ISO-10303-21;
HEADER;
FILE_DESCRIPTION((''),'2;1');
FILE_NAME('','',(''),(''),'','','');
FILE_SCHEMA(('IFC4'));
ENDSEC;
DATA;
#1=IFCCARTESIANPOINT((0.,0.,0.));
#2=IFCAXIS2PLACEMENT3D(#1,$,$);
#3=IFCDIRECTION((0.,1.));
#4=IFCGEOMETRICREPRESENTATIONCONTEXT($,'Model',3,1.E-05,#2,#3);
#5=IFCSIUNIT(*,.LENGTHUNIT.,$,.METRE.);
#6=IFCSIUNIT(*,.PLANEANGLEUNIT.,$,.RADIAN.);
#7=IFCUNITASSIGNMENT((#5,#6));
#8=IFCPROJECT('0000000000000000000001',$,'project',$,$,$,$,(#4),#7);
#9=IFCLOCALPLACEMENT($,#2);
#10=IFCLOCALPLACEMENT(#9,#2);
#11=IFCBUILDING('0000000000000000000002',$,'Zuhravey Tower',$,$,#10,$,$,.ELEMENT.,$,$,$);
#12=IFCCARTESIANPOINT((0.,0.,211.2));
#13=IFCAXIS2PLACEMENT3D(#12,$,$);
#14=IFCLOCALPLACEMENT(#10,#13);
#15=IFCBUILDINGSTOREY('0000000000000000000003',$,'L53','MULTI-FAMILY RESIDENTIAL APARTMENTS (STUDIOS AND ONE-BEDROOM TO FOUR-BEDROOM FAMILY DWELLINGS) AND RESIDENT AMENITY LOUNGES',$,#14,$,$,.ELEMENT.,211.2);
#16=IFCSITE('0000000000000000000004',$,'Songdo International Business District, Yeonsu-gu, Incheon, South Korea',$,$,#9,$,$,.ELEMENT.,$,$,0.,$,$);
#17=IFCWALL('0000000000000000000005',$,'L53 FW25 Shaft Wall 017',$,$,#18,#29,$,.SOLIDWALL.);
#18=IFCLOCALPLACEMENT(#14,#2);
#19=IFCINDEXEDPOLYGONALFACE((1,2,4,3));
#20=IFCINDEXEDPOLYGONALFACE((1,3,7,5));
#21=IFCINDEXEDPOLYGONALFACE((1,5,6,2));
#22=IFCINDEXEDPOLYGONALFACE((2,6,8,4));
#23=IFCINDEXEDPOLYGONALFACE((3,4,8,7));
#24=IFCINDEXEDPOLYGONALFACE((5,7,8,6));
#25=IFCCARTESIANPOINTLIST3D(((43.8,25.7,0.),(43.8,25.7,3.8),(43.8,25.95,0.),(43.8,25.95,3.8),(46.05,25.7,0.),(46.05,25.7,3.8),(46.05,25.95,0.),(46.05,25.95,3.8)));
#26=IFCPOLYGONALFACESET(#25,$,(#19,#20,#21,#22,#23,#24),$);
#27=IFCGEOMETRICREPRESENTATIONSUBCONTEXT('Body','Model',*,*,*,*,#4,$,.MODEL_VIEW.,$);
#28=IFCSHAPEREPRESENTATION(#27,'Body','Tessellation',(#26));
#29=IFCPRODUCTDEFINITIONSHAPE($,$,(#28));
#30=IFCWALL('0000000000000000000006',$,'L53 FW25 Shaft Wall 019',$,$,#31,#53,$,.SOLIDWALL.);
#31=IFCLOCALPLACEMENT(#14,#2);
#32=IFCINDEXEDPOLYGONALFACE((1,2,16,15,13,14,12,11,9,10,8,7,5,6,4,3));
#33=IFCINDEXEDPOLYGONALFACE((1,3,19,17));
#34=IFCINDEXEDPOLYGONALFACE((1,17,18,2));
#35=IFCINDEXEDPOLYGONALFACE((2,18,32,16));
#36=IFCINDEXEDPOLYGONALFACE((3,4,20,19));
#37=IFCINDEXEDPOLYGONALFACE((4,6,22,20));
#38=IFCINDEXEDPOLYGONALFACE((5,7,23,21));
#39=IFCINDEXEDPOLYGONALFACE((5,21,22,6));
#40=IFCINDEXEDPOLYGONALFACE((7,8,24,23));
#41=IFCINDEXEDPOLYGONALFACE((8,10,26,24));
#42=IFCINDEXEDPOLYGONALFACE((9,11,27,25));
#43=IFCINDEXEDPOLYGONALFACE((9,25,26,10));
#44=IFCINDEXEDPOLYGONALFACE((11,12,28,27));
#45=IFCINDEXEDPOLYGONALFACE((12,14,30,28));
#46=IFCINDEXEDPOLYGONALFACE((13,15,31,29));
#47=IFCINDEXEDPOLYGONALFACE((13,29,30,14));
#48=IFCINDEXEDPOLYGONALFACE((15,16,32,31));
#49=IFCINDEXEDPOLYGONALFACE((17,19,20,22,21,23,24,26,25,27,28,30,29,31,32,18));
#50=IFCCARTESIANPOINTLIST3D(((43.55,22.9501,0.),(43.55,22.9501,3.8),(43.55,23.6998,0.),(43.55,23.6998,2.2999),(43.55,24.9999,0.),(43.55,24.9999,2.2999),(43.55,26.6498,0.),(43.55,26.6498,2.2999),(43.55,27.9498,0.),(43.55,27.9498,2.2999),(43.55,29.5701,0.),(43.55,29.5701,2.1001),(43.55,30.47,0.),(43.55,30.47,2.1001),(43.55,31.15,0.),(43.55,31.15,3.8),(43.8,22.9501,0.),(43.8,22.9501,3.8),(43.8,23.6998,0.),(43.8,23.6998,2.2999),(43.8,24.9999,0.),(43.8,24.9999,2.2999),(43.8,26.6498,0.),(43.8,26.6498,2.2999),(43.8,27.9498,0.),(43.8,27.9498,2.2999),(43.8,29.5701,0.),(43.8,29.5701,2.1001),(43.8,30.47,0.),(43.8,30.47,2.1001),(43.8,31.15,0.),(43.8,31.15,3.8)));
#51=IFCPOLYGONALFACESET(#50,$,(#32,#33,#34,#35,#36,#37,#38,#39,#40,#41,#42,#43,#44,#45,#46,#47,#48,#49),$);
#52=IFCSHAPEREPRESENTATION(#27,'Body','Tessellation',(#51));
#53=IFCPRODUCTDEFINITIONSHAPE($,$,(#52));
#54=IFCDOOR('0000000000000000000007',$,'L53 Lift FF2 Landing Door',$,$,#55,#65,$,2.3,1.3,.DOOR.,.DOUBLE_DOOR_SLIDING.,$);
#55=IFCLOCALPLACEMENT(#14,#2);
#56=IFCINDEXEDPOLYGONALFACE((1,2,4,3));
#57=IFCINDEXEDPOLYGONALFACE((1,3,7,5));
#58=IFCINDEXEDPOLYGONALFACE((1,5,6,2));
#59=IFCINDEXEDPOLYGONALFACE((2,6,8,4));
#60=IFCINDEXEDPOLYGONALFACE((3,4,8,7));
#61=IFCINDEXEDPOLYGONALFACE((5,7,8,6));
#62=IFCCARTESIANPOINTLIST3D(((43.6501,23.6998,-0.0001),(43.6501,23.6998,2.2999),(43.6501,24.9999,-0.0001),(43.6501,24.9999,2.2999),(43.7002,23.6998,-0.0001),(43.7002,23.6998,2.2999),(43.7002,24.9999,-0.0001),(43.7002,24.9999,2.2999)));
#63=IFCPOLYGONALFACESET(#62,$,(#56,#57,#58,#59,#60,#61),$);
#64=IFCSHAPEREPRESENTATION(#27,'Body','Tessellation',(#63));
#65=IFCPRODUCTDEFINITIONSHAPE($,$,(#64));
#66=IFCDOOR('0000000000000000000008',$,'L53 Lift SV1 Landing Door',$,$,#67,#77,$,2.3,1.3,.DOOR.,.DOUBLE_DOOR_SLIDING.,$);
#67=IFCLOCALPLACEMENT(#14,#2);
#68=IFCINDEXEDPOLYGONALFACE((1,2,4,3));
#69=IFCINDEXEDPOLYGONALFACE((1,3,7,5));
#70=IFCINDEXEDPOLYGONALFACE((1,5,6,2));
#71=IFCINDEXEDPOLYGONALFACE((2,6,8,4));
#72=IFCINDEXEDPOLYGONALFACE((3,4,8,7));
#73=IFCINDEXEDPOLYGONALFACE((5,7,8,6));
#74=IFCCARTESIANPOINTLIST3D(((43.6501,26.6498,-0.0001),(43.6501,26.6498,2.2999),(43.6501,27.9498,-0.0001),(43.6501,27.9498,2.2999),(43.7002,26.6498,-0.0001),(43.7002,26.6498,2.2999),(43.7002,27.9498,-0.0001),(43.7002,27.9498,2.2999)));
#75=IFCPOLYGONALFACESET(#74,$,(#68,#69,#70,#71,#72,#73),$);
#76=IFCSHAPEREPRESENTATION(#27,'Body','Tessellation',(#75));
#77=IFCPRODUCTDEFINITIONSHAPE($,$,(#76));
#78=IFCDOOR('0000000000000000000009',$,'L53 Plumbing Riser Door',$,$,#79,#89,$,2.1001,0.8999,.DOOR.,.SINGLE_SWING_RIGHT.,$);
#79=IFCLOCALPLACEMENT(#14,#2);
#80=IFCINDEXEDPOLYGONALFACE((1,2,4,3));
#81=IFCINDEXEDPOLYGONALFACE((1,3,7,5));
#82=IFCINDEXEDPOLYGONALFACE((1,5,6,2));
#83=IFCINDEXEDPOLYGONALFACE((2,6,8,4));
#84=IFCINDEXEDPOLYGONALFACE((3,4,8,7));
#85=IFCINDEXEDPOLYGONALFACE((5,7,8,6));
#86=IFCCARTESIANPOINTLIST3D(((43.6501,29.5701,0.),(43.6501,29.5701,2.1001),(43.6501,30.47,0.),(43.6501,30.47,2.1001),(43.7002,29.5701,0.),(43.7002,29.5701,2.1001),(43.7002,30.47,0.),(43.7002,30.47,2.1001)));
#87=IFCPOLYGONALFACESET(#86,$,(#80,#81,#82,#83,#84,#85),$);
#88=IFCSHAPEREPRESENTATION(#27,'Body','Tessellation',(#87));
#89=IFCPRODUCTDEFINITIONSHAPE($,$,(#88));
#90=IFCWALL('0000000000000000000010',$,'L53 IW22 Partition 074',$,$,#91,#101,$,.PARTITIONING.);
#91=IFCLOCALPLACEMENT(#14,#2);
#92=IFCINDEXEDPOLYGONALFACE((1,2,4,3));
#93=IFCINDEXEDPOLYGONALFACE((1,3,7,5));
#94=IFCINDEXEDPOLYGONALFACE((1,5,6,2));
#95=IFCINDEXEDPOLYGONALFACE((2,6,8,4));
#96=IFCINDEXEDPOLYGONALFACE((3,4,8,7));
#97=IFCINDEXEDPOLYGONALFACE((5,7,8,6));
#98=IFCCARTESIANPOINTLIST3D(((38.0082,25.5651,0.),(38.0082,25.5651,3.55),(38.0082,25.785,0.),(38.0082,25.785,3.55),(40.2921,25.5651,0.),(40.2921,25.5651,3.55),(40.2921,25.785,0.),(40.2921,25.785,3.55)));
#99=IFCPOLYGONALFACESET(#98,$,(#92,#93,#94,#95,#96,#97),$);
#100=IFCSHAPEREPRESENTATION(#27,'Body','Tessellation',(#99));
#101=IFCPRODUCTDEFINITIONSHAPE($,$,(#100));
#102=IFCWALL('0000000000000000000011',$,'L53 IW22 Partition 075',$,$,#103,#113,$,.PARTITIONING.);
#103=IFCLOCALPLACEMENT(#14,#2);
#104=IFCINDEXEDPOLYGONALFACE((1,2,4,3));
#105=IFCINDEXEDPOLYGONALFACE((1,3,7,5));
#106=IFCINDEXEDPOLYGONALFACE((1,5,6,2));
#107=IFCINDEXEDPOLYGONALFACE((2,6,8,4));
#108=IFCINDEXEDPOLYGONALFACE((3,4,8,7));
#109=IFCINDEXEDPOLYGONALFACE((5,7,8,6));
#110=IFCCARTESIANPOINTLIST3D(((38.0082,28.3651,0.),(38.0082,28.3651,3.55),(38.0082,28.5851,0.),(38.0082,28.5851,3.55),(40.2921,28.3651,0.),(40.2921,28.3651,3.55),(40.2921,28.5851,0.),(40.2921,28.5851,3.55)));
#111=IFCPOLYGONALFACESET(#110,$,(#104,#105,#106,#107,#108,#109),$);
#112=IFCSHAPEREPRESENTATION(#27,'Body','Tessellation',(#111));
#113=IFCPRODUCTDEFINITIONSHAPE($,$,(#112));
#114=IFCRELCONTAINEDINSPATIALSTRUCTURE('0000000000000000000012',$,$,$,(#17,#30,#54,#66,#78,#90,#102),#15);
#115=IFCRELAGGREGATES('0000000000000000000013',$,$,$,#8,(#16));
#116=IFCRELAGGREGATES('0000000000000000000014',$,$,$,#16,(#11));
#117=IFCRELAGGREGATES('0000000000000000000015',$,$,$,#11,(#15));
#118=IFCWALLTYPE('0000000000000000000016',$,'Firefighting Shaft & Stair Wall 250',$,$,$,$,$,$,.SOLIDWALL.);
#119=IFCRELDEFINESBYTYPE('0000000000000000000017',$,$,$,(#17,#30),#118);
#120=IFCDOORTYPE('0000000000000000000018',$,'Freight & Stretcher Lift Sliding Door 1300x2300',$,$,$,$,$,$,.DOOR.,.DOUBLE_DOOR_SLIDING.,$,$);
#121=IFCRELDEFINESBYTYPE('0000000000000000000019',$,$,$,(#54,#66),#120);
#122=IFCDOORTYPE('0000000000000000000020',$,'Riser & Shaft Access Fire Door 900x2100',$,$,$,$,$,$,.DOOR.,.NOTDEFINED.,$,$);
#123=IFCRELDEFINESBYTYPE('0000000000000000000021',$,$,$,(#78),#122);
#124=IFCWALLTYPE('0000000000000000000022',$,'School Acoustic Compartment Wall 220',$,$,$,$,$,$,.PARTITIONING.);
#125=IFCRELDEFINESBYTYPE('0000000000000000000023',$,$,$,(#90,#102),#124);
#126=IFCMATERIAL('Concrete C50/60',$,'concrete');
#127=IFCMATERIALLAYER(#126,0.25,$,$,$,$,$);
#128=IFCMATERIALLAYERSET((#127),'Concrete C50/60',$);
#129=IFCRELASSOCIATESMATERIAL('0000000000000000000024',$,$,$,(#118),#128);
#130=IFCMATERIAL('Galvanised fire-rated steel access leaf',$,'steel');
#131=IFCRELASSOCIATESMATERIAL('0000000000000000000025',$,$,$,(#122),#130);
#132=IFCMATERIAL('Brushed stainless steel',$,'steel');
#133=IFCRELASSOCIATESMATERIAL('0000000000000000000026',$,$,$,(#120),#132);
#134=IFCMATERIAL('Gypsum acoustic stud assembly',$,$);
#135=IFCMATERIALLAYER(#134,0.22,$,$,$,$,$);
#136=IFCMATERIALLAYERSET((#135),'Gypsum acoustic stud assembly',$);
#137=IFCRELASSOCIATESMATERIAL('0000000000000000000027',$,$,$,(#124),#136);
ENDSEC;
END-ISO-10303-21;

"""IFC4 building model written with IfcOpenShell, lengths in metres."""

from ifc_helpers import new_model, si_unit, direction, frame, frame_2d, origin, place, context, subcontext, project, spatial, rectangle, extrude, material, layer, layer_set, type_object, element, fill, save


model = new_model("IFC4")

# Units and contexts
model_context = context("Model", 3, precision=1e-05, world=origin(), true_north=direction((0.0, 1.0)))
body_context = subcontext(model_context, "Body", "Model", "MODEL_VIEW")
ifc_project = project(units=[si_unit("LENGTHUNIT", "METRE"), si_unit("PLANEANGLEUNIT", "RADIAN")], contexts=[model_context])

# Site, building, storey
site_placement = place(None, origin())
site = spatial("IfcSite", under=ifc_project, at=site_placement, Name="Songdo International Business District, Yeonsu-gu, Incheon, South Korea", CompositionType="ELEMENT", RefElevation=0.0)
building_placement = place(site_placement, origin())
building = spatial("IfcBuilding", under=site, at=building_placement, Name="Zuhravey Tower", CompositionType="ELEMENT")
storey_placement = place(building_placement, frame((0.0, 0.0, 211.2)))
storey = spatial("IfcBuildingStorey", under=building, at=storey_placement, Name="L53", Description="MULTI-FAMILY RESIDENTIAL APARTMENTS (STUDIOS AND ONE-BEDROOM TO FOUR-BEDROOM FAMILY DWELLINGS) AND RESIDENT AMENITY LOUNGES", CompositionType="ELEMENT", Elevation=211.2)

# Shared definitions
ifc_material_1 = material(Name="Concrete C50/60", Category="concrete")
ifc_layer_1 = layer(ifc_material_1, 0.25)
ifc_layer_set_1 = layer_set([ifc_layer_1], Name="Concrete C50/60")
wall_type_1 = type_object("IfcWallType", Name="Firefighting Shaft & Stair Wall 250", PredefinedType="SOLIDWALL", material=ifc_layer_set_1)

# Shared definitions
ifc_material_2 = material(Name="Galvanised fire-rated steel access leaf", Category="steel")
door_type_1 = type_object("IfcDoorType", Name="Riser & Shaft Access Fire Door 900x2100", OperationType="NOTDEFINED", PredefinedType="DOOR", material=ifc_material_2)
ifc_material_3 = material(Name="Brushed stainless steel", Category="steel")

# Wall
wall_1_placement = place(storey_placement, frame((43.8, 25.825, 0.0), z_axis=(0.0, 0.0, 1.0), x_axis=(1.0, 0.0, 0.0)))
element("IfcWall", 1, at=wall_1_placement, inside=storey, type_object=wall_type_1, Name="L53 FW25 Shaft Wall 017", PredefinedType="SOLIDWALL", context=body_context, shape_type="SweptSolid", body=[
    extrude(rectangle(XDim=2.25, YDim=0.25, at=frame_2d((1.125, 0.0))), origin(), (0.0, 0.0, 1.0), 3.8),
])

# Wall, openings, doors
wall_2_placement = place(storey_placement, frame((43.675, 22.95, 0.0), z_axis=(0.0, 0.0, 1.0), x_axis=(0.0, 1.0, 0.0)))
wall_2 = element("IfcWall", 2, at=wall_2_placement, inside=storey, type_object=wall_type_1, Name="L53 FW25 Shaft Wall 019", PredefinedType="SOLIDWALL", context=body_context, shape_type="SweptSolid", body=[
    extrude(rectangle(XDim=8.2, YDim=0.25, at=frame_2d((4.1001, 0.0))), origin(), (0.0, 0.0, 1.0), 3.8),
])
opening_1_placement = place(wall_2_placement, frame((0.75, 0.0, 0.0)))
opening_1 = element("IfcOpeningElement", 3, at=opening_1_placement, cuts=wall_2, PredefinedType="OPENING", context=body_context, shape_type="SweptSolid", body=[
    extrude(rectangle(XDim=1.3, YDim=2.3, at=frame_2d((0.6499, 1.1499))), frame((0.0, 0.137, 0.0), z_axis=(0.0, -1.0, 0.0), x_axis=(1.0, 0.0, 0.0)), (0.0, 0.0, 1.0), 0.2739),
])
opening_2_placement = place(wall_2_placement, frame((3.7, 0.0, 0.0)))
opening_2 = element("IfcOpeningElement", 4, at=opening_2_placement, cuts=wall_2, PredefinedType="OPENING", context=body_context, shape_type="SweptSolid", body=[
    extrude(rectangle(XDim=1.3, YDim=2.3, at=frame_2d((0.6499, 1.1499))), frame((0.0, 0.137, 0.0), z_axis=(0.0, -1.0, 0.0), x_axis=(1.0, 0.0, 0.0)), (0.0, 0.0, 1.0), 0.2739),
])
opening_3_placement = place(wall_2_placement, frame((6.6201, 0.0, 0.0)))
opening_3 = element("IfcOpeningElement", 5, at=opening_3_placement, cuts=wall_2, PredefinedType="OPENING", context=body_context, shape_type="SweptSolid", body=[
    extrude(rectangle(XDim=0.8999, YDim=2.1001, at=frame_2d((0.45, 1.05))), frame((0.0, 0.137, 0.0), z_axis=(0.0, -1.0, 0.0), x_axis=(1.0, 0.0, 0.0)), (0.0, 0.0, 1.0), 0.2739),
])
door_type_2 = type_object("IfcDoorType", Name="Freight & Stretcher Lift Sliding Door 1300x2300", OperationType="DOUBLE_DOOR_SLIDING", PredefinedType="DOOR", material=ifc_material_3)
door_1_placement = place(opening_1_placement, origin())
door_1 = element("IfcDoor", 6, at=door_1_placement, inside=storey, type_object=door_type_2, Name="L53 Lift FF2 Landing Door", OperationType="DOUBLE_DOOR_SLIDING", OverallHeight=2.3, OverallWidth=1.3, PredefinedType="DOOR", context=body_context, shape_type="SweptSolid", body=[
    extrude(rectangle(XDim=1.3, YDim=2.3, at=frame_2d((0.6499, 1.1499))), frame((0.0, 0.0249, 0.0), z_axis=(0.0, -1.0, 0.0), x_axis=(1.0, 0.0, 0.0)), (0.0, 0.0, 1.0), 0.05),
])
fill(opening_1, door_1)
door_2_placement = place(opening_2_placement, origin())
door_2 = element("IfcDoor", 7, at=door_2_placement, inside=storey, type_object=door_type_2, Name="L53 Lift SV1 Landing Door", OperationType="DOUBLE_DOOR_SLIDING", OverallHeight=2.3, OverallWidth=1.3, PredefinedType="DOOR", context=body_context, shape_type="SweptSolid", body=[
    extrude(rectangle(XDim=1.3, YDim=2.3, at=frame_2d((0.6499, 1.1499))), frame((0.0, 0.0249, 0.0), z_axis=(0.0, -1.0, 0.0), x_axis=(1.0, 0.0, 0.0)), (0.0, 0.0, 1.0), 0.05),
])
fill(opening_2, door_2)
door_3_placement = place(opening_3_placement, origin())
door_3 = element("IfcDoor", 8, at=door_3_placement, inside=storey, type_object=door_type_1, Name="L53 Plumbing Riser Door", OperationType="SINGLE_SWING_RIGHT", OverallHeight=2.1001, OverallWidth=0.8999, PredefinedType="DOOR", context=body_context, shape_type="SweptSolid", body=[
    extrude(rectangle(XDim=0.8999, YDim=2.1001, at=frame_2d((0.45, 1.05))), frame((0.0, 0.0249, 0.0), z_axis=(0.0, -1.0, 0.0), x_axis=(1.0, 0.0, 0.0)), (0.0, 0.0, 1.0), 0.05),
])
fill(opening_3, door_3)

# Walls
ifc_material_4 = material(Name="Gypsum acoustic stud assembly")
ifc_layer_2 = layer(ifc_material_4, 0.22)
ifc_layer_set_2 = layer_set([ifc_layer_2], Name="Gypsum acoustic stud assembly")
wall_type_2 = type_object("IfcWallType", Name="School Acoustic Compartment Wall 220", PredefinedType="PARTITIONING", material=ifc_layer_set_2)
for number, where, z_axis, x_axis, name in (
    (9, (38.0081, 25.675, 0.0), (0.0, 0.0, 1.0), (1.0, 0.0, 0.0), "L53 IW22 Partition 074"),
    (10, (38.0081, 28.4751, 0.0), (0.0, 0.0, 1.0), (1.0, 0.0, 0.0), "L53 IW22 Partition 075"),
):
    element("IfcWall", number, at=place(storey_placement, frame(where, z_axis=z_axis, x_axis=x_axis)), inside=storey, type_object=wall_type_2, Name=name, PredefinedType="PARTITIONING", context=body_context, shape_type="SweptSolid", body=[
        extrude(rectangle(XDim=2.2839, YDim=0.22, at=frame_2d((1.1421, 0.0))), origin(), (0.0, 0.0, 1.0), 3.55),
    ])

save(model, "model.ifc")
